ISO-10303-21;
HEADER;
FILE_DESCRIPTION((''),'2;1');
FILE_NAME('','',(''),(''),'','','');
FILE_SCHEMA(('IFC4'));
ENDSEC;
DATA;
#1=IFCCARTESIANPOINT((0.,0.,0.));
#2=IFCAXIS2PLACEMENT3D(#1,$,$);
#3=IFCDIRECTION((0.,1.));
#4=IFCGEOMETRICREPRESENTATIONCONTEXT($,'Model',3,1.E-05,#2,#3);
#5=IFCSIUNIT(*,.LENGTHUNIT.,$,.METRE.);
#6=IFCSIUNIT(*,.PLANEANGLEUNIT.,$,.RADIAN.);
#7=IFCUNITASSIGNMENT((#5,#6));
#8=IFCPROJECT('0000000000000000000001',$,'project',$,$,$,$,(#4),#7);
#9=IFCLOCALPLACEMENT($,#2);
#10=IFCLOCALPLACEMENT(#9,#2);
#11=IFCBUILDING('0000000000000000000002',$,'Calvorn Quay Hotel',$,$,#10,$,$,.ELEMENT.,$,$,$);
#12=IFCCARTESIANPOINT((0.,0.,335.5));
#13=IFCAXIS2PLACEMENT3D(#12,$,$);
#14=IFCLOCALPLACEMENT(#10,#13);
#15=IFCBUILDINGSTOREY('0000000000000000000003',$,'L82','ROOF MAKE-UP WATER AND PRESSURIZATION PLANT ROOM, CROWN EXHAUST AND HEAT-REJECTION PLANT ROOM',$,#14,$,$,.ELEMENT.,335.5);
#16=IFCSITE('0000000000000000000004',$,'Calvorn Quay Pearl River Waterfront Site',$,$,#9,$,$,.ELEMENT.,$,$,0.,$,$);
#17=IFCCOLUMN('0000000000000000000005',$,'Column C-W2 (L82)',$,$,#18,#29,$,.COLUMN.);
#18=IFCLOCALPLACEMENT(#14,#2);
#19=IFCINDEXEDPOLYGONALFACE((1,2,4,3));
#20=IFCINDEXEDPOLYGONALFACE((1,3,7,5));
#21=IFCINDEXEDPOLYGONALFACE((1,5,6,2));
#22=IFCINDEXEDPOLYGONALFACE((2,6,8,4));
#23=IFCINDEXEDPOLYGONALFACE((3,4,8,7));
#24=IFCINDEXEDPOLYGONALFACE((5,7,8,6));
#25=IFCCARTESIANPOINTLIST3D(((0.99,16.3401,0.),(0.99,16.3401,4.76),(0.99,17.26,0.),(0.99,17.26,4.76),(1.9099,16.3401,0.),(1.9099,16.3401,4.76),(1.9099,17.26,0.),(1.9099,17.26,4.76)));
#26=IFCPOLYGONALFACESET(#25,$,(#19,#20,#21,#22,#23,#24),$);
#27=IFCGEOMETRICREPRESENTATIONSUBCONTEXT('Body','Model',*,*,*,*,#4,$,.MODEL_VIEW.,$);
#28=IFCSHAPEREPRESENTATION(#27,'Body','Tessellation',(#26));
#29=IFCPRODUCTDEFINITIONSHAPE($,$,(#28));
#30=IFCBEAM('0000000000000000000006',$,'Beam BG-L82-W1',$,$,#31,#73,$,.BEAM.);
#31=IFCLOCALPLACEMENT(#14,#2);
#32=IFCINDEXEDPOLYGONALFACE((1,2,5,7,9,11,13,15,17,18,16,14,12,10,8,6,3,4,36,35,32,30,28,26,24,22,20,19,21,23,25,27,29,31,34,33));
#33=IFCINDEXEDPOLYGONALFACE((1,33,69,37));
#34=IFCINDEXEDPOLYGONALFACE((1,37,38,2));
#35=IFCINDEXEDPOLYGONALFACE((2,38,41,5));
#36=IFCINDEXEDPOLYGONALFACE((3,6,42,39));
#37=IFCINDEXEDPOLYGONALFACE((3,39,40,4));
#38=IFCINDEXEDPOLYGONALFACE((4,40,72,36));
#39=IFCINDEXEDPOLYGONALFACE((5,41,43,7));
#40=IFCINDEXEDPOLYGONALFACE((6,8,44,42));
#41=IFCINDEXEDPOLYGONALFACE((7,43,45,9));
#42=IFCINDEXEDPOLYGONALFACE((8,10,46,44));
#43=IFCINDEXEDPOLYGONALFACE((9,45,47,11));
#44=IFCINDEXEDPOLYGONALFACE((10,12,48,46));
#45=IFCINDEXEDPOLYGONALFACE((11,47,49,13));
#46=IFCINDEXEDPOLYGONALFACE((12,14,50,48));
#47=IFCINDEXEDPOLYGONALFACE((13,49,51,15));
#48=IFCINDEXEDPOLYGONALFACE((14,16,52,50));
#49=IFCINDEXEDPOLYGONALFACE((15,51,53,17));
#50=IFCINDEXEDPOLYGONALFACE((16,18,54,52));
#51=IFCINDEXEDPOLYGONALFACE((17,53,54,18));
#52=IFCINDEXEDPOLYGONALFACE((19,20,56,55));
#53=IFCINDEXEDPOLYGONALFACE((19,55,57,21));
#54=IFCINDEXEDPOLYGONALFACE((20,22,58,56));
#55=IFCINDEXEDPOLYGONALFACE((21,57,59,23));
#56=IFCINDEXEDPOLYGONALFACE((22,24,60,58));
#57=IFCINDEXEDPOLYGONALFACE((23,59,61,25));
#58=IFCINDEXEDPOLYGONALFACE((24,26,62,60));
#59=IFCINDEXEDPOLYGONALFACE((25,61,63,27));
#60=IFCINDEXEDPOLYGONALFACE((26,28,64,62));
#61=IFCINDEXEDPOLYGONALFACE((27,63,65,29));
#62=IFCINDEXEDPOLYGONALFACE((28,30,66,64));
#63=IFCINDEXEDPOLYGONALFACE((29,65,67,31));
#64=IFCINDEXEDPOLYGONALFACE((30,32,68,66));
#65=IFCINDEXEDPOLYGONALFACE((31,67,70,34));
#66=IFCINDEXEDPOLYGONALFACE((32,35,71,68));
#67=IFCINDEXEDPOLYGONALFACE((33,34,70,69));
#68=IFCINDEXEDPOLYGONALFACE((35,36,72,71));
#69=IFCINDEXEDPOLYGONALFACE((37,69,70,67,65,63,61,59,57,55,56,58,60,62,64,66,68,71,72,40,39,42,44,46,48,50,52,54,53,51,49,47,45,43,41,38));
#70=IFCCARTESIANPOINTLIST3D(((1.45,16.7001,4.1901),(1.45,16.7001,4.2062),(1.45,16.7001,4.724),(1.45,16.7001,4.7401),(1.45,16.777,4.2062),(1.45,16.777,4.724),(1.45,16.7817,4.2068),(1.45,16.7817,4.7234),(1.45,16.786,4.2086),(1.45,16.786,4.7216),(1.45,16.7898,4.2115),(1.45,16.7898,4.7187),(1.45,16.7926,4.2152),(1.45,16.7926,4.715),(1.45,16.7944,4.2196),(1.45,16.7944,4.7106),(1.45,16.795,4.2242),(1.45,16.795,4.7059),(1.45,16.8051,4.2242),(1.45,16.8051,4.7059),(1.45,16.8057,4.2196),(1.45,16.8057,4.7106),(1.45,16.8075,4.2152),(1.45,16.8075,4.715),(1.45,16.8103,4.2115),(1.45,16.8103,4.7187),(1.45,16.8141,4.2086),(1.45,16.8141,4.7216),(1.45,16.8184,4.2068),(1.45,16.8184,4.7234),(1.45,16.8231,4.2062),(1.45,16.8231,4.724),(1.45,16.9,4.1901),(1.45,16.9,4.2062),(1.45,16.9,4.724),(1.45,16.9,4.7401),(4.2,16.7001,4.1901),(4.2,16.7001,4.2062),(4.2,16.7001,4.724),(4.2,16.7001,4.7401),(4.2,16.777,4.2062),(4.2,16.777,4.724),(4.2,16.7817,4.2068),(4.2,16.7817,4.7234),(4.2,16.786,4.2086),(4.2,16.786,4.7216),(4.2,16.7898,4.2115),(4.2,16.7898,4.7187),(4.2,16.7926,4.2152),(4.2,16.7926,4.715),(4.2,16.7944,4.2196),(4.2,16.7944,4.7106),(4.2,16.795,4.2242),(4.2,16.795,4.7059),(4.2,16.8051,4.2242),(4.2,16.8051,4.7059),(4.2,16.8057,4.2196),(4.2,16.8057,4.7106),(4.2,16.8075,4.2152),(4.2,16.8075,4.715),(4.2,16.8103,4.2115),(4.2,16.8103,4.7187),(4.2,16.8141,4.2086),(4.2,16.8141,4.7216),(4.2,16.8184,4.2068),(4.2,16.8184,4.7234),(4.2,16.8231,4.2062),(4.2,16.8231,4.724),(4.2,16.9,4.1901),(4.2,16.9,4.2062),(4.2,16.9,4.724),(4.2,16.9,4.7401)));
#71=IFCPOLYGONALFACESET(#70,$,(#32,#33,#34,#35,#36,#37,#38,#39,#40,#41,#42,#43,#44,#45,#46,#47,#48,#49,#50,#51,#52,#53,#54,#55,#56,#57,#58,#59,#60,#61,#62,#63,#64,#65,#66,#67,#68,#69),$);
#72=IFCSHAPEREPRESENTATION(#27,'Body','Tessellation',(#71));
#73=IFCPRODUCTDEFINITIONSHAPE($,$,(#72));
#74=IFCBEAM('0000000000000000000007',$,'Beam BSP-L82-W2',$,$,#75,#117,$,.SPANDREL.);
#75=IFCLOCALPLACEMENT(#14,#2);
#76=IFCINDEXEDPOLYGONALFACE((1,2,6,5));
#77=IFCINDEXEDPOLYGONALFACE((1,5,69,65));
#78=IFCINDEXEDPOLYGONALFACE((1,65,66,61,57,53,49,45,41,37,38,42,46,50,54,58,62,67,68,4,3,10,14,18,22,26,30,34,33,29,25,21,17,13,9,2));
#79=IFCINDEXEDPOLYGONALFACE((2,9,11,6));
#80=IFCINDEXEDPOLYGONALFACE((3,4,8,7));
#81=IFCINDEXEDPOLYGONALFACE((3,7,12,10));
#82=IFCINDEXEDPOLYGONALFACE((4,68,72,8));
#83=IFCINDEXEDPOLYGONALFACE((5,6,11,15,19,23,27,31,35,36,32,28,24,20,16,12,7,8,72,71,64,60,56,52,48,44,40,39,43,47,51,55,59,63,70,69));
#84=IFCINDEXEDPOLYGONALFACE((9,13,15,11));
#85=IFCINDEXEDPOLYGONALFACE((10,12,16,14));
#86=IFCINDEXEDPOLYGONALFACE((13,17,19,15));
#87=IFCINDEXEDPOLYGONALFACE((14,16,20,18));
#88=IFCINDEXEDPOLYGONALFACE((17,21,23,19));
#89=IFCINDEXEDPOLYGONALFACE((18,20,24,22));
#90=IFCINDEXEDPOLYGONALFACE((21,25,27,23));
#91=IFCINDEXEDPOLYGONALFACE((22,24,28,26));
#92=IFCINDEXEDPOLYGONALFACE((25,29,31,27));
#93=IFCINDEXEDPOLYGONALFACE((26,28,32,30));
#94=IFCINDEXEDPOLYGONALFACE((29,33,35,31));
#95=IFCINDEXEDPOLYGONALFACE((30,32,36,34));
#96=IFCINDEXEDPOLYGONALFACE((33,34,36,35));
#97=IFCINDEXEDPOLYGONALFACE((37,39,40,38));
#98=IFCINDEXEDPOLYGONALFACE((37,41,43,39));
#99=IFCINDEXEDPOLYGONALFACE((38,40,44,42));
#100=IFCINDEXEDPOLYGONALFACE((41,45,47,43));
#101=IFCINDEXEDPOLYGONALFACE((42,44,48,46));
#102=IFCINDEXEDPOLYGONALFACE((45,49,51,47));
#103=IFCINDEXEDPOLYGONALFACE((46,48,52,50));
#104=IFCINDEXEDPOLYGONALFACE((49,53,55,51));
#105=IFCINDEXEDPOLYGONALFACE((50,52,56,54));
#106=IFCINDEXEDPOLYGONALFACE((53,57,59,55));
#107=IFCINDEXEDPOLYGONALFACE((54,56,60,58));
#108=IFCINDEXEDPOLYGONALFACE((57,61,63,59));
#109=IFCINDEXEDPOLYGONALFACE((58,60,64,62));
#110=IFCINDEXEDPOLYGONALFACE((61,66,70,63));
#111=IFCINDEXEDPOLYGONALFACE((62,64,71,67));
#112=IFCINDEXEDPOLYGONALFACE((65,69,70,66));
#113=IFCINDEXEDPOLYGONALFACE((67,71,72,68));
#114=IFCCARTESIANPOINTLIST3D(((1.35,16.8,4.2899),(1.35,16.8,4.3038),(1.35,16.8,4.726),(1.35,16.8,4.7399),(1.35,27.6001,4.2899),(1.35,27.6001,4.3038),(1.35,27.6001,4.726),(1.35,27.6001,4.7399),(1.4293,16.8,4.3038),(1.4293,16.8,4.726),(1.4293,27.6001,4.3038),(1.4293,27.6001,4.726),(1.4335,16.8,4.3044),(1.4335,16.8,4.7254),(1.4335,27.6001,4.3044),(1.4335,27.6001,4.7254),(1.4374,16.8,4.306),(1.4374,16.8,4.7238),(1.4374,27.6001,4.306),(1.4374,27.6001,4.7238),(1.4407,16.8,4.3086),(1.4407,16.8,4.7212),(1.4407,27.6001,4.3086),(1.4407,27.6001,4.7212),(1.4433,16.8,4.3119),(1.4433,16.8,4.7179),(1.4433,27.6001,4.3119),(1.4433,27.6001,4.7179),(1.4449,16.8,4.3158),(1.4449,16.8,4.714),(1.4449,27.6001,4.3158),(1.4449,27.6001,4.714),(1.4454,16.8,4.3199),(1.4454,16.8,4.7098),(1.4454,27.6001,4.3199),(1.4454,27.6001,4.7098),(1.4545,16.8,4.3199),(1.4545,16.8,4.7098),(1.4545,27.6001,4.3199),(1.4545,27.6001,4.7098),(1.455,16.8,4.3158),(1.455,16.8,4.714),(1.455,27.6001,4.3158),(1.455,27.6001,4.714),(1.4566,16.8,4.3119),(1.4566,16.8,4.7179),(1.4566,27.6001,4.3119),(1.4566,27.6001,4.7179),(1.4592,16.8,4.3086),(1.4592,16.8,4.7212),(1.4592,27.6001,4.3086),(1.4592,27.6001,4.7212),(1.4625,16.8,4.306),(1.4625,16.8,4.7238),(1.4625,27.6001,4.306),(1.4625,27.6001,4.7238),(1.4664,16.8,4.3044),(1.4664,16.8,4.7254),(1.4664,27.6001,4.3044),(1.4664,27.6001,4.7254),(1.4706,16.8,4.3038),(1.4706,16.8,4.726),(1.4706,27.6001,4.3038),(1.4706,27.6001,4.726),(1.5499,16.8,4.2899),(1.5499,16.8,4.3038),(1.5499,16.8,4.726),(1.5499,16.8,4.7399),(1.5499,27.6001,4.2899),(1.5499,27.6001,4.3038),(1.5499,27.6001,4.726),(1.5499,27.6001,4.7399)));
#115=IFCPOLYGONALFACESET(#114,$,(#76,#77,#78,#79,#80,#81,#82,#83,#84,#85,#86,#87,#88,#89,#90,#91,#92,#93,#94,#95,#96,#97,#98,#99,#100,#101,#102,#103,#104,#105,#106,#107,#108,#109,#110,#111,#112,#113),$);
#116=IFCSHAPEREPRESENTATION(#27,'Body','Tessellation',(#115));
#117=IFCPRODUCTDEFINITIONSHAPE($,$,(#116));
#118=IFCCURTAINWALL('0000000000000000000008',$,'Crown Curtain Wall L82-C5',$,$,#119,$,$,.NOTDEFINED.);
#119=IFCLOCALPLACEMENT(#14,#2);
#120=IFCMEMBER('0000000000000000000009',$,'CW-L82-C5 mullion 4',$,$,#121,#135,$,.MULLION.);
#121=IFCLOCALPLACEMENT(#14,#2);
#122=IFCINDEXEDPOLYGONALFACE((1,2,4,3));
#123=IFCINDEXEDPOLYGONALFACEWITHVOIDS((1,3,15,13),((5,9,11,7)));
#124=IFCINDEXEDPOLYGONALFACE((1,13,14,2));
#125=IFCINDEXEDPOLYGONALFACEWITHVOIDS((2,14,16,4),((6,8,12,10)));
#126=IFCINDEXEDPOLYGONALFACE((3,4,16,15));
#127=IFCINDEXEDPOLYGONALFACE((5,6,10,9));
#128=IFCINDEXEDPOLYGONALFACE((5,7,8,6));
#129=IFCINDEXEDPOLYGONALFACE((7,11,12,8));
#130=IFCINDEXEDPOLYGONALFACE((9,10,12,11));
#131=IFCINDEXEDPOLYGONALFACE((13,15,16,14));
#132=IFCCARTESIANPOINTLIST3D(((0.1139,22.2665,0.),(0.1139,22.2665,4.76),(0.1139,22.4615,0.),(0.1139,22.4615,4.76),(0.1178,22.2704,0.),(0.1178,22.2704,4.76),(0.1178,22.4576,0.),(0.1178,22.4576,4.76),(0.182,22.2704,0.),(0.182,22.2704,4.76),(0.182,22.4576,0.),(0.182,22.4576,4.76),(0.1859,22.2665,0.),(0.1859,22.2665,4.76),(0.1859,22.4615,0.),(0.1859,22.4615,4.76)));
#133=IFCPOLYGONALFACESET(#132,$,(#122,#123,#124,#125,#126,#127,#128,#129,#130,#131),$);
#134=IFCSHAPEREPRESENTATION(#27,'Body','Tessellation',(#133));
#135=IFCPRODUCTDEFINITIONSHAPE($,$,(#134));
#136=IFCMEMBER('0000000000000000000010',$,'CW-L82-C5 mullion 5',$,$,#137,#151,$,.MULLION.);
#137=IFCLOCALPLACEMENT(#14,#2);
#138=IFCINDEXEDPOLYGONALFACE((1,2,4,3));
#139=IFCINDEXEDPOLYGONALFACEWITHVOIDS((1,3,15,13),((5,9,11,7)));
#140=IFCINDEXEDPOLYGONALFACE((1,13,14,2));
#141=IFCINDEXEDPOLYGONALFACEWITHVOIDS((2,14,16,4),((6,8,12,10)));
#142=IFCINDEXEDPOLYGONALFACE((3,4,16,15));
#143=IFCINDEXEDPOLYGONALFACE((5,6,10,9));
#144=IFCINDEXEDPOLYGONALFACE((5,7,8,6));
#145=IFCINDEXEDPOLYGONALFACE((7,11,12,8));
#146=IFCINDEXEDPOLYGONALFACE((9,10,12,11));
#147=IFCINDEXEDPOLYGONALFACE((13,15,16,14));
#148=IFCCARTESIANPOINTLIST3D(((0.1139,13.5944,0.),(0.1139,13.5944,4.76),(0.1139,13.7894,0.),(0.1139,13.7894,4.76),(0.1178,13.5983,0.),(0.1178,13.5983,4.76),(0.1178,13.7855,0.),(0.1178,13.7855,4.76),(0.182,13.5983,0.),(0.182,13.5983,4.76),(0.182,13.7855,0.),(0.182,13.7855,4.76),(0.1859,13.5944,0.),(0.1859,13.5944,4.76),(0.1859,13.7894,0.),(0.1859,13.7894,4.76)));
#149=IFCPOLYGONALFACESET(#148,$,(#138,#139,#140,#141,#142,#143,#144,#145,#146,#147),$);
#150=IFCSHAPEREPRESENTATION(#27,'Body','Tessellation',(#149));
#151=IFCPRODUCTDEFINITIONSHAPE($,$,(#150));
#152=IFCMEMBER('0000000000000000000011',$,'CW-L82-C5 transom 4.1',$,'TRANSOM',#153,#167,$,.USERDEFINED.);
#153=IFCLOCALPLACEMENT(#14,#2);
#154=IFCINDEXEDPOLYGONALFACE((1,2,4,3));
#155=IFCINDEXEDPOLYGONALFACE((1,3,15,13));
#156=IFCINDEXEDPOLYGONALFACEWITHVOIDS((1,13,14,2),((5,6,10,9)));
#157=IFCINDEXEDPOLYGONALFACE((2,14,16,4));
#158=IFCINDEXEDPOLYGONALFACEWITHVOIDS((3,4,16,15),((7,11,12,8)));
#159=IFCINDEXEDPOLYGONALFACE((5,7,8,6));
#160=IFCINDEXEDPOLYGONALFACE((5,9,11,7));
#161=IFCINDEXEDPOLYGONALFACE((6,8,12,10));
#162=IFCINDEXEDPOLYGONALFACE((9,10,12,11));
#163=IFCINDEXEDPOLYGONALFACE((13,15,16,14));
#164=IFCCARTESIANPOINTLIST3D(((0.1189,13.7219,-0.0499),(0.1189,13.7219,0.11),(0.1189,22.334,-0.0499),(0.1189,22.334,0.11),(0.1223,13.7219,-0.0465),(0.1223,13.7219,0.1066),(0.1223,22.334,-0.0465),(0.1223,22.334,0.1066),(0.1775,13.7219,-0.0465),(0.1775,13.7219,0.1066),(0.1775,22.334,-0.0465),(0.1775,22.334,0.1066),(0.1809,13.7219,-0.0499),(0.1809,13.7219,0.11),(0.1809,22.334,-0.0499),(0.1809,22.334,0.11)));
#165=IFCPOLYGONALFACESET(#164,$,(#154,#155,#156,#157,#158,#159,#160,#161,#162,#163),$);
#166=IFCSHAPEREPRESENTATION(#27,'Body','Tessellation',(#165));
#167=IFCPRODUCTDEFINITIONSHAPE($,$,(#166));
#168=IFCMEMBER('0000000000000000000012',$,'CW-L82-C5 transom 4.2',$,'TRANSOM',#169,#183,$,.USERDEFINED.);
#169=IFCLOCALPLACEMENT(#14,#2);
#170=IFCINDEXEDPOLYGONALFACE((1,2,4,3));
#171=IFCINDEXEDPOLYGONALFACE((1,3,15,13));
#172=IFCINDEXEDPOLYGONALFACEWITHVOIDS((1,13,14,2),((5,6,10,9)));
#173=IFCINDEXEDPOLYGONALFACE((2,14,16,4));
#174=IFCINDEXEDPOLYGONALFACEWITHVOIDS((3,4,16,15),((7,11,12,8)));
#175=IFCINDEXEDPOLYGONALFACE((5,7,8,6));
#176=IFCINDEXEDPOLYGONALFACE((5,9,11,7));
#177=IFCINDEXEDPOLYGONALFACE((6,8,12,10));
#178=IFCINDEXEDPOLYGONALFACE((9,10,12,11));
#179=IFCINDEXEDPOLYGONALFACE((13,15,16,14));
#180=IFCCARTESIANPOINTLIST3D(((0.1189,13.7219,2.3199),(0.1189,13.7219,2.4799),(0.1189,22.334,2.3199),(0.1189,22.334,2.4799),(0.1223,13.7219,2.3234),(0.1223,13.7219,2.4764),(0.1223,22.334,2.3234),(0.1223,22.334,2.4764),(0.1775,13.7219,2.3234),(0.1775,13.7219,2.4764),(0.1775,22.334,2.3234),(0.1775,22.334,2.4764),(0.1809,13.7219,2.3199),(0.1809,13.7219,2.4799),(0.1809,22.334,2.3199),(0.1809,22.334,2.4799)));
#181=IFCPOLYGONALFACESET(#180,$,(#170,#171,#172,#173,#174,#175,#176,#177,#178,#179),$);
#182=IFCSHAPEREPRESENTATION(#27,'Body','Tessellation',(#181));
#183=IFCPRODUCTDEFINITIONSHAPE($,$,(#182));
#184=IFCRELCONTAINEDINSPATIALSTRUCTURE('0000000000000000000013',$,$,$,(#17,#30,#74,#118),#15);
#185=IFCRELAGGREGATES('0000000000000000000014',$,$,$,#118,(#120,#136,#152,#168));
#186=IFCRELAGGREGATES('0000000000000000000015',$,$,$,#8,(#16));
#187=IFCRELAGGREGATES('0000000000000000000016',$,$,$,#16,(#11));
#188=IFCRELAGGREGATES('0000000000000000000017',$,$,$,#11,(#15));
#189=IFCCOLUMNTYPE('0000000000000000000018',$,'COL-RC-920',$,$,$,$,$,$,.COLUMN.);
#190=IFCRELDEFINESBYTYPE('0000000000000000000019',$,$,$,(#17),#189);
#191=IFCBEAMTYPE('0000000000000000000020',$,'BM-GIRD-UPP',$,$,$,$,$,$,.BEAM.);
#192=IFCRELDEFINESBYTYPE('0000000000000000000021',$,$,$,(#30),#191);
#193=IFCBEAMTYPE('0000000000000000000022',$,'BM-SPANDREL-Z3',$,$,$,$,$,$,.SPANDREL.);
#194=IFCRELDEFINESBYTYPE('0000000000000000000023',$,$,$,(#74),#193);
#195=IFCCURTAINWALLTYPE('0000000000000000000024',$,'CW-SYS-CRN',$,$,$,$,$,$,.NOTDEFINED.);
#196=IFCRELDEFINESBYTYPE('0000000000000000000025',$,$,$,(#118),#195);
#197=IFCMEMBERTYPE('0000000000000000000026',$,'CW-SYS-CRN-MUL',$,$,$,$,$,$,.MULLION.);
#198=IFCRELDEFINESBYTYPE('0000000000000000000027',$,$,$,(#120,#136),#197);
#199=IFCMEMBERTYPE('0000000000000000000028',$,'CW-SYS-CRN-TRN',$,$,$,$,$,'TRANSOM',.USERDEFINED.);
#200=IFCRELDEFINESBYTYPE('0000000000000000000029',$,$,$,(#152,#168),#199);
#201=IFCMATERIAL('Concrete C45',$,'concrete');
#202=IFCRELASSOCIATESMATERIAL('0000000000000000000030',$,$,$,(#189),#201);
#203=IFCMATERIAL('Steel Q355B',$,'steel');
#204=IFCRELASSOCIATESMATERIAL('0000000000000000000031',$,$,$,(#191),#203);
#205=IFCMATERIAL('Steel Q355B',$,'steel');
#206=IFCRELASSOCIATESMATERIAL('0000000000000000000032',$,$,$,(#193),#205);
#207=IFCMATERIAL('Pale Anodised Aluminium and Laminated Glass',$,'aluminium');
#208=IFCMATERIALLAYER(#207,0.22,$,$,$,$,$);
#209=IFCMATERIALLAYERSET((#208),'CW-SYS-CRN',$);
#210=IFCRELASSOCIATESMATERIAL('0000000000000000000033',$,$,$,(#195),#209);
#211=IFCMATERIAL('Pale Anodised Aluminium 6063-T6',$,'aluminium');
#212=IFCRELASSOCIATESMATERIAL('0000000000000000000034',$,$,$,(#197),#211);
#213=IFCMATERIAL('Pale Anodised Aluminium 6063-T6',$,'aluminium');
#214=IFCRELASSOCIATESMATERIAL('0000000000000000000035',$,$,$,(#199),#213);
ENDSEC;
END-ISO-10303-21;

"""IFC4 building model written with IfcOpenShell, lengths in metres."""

from ifc_helpers import new_model, si_unit, direction, frame, origin, origin_2d, place, context, subcontext, project, spatial, rectangle, hollow_rectangle, i_section, extrude, material, layer, layer_set, material_profile, profile_set, type_object, element, aggregate, save


model = new_model("IFC4")

# Units and contexts
model_context = context("Model", 3, precision=1e-05, world=origin(), true_north=direction((0.0, 1.0)))
body_context = subcontext(model_context, "Body", "Model", "MODEL_VIEW")
ifc_project = project(units=[si_unit("LENGTHUNIT", "METRE"), si_unit("PLANEANGLEUNIT", "RADIAN")], contexts=[model_context])

# Site, building, storey
site_placement = place(None, origin())
site = spatial("IfcSite", under=ifc_project, at=site_placement, Name="Calvorn Quay Pearl River Waterfront Site", CompositionType="ELEMENT", RefElevation=0.0)
building_placement = place(site_placement, origin())
building = spatial("IfcBuilding", under=site, at=building_placement, Name="Calvorn Quay Hotel", CompositionType="ELEMENT")
storey_placement = place(building_placement, frame((0.0, 0.0, 335.5)))
storey = spatial("IfcBuildingStorey", under=building, at=storey_placement, Name="L82", Description="ROOF MAKE-UP WATER AND PRESSURIZATION PLANT ROOM, CROWN EXHAUST AND HEAT-REJECTION PLANT ROOM", CompositionType="ELEMENT", Elevation=335.5)

# Column
ifc_material_1 = material(Name="Concrete C45", Category="concrete")
ifc_material_profile_1 = material_profile(ifc_material_1, rectangle(XDim=0.9199, YDim=0.9199, at=origin_2d()), Name="RC920x920")
ifc_profile_set_1 = profile_set([ifc_material_profile_1], Name="Concrete C45")
column_type = type_object("IfcColumnType", Name="COL-RC-920", PredefinedType="COLUMN", material=ifc_profile_set_1)
column_placement = place(storey_placement, frame((1.45, 16.8, 0.0), z_axis=(0.0, 0.0, 1.0), x_axis=(1.0, 0.0, 0.0)))
element("IfcColumn", 1, at=column_placement, inside=storey, type_object=column_type, Name="Column C-W2 (L82)", PredefinedType="COLUMN", context=body_context, shape_type="SweptSolid", body=[
    extrude(rectangle(XDim=0.9199, YDim=0.9199, at=origin_2d()), origin(), (0.0, 0.0, 1.0), 4.76),
])

# Beams
ifc_material_2 = material(Name="Steel Q355B", Category="steel")
ifc_material_profile_2 = material_profile(ifc_material_2, i_section(OverallWidth=0.2, OverallDepth=0.55, WebThickness=0.01, FlangeThickness=0.0161, FilletRadius=0.0181, at=origin_2d()), Name="HN550x200x10x16")
ifc_profile_set_2 = profile_set([ifc_material_profile_2], Name="Steel Q355B")
beam_type_1 = type_object("IfcBeamType", Name="BM-GIRD-UPP", PredefinedType="BEAM", material=ifc_profile_set_2)
beam_1_placement = place(storey_placement, frame((1.45, 16.8, 4.4651), z_axis=(1.0, 0.0, 0.0), x_axis=(0.0, 1.0, 0.0)))
element("IfcBeam", 2, at=beam_1_placement, inside=storey, type_object=beam_type_1, Name="Beam BG-L82-W1", PredefinedType="BEAM", context=body_context, shape_type="SweptSolid", body=[
    extrude(i_section(OverallWidth=0.2, OverallDepth=0.55, WebThickness=0.01, FlangeThickness=0.0161, FilletRadius=0.0181, at=origin_2d()), origin(), (0.0, 0.0, 1.0), 2.75),
])
ifc_material_3 = material(Name="Steel Q355B", Category="steel")
ifc_material_profile_3 = material_profile(ifc_material_3, i_section(OverallWidth=0.2, OverallDepth=0.45, WebThickness=0.009, FlangeThickness=0.0139, FilletRadius=0.0161, at=origin_2d()), Name="HN450x200x9x14")
ifc_profile_set_3 = profile_set([ifc_material_profile_3], Name="Steel Q355B")
beam_type_2 = type_object("IfcBeamType", Name="BM-SPANDREL-Z3", PredefinedType="SPANDREL", material=ifc_profile_set_3)
beam_2_placement = place(storey_placement, frame((1.45, 16.8, 4.5149), z_axis=(0.0, 1.0, 0.0), x_axis=(-1.0, 0.0, 0.0)))
element("IfcBeam", 3, at=beam_2_placement, inside=storey, type_object=beam_type_2, Name="Beam BSP-L82-W2", PredefinedType="SPANDREL", context=body_context, shape_type="SweptSolid", body=[
    extrude(i_section(OverallWidth=0.2, OverallDepth=0.45, WebThickness=0.009, FlangeThickness=0.0139, FilletRadius=0.0161, at=origin_2d()), origin(), (0.0, 0.0, 1.0), 10.8),
])

# Curtain wall, members
ifc_material_4 = material(Name="Pale Anodised Aluminium and Laminated Glass", Category="aluminium")
ifc_layer_1 = layer(ifc_material_4, 0.22)
ifc_layer_set_1 = layer_set([ifc_layer_1], Name="CW-SYS-CRN")
curtain_wall_type = type_object("IfcCurtainWallType", Name="CW-SYS-CRN", PredefinedType="NOTDEFINED", material=ifc_layer_set_1)
curtain_wall_placement = place(storey_placement, origin())
curtain_wall = element("IfcCurtainWall", 4, at=curtain_wall_placement, inside=storey, type_object=curtain_wall_type, Name="Crown Curtain Wall L82-C5", PredefinedType="NOTDEFINED")
ifc_material_5 = material(Name="Pale Anodised Aluminium 6063-T6", Category="aluminium")
ifc_material_profile_4 = material_profile(ifc_material_5, hollow_rectangle(XDim=0.072, YDim=0.1951, WallThickness=0.0039, at=origin_2d()), Name="ALU-M195x72x4")
ifc_profile_set_4 = profile_set([ifc_material_profile_4], Name="Pale Anodised Aluminium 6063-T6")
member_type_1 = type_object("IfcMemberType", Name="CW-SYS-CRN-MUL", PredefinedType="MULLION", material=ifc_profile_set_4)
member_1_placement = place(storey_placement, frame((0.1499, 22.364, 0.0), z_axis=(0.0, 0.0, 1.0), x_axis=(1.0, 0.0, 0.0)))
member_1 = element("IfcMember", 5, at=member_1_placement, type_object=member_type_1, Name="CW-L82-C5 mullion 4", PredefinedType="MULLION", context=body_context, shape_type="SweptSolid", body=[
    extrude(hollow_rectangle(XDim=0.072, YDim=0.1951, WallThickness=0.0039, at=origin_2d()), origin(), (0.0, 0.0, 1.0), 4.76),
])
member_2_placement = place(storey_placement, frame((0.1499, 13.6919, 0.0), z_axis=(0.0, 0.0, 1.0), x_axis=(1.0, 0.0, 0.0)))
member_2 = element("IfcMember", 6, at=member_2_placement, type_object=member_type_1, Name="CW-L82-C5 mullion 5", PredefinedType="MULLION", context=body_context, shape_type="SweptSolid", body=[
    extrude(hollow_rectangle(XDim=0.072, YDim=0.1951, WallThickness=0.0039, at=origin_2d()), origin(), (0.0, 0.0, 1.0), 4.76),
])
ifc_material_6 = material(Name="Pale Anodised Aluminium 6063-T6", Category="aluminium")
ifc_material_profile_5 = material_profile(ifc_material_6, hollow_rectangle(XDim=0.062, YDim=0.1599, WallThickness=0.0034, at=origin_2d()), Name="ALU-T160x62x3.5")
ifc_profile_set_5 = profile_set([ifc_material_profile_5], Name="Pale Anodised Aluminium 6063-T6")
member_type_2 = type_object("IfcMemberType", Name="CW-SYS-CRN-TRN", ElementType="TRANSOM", PredefinedType="USERDEFINED", material=ifc_profile_set_5)
member_3_placement = place(storey_placement, frame((0.1499, 22.334, 0.03), z_axis=(0.0, -1.0, 0.0), x_axis=(1.0, 0.0, 0.0)))
member_3 = element("IfcMember", 7, at=member_3_placement, type_object=member_type_2, Name="CW-L82-C5 transom 4.1", ObjectType="TRANSOM", PredefinedType="USERDEFINED", context=body_context, shape_type="SweptSolid", body=[
    extrude(hollow_rectangle(XDim=0.062, YDim=0.1599, WallThickness=0.0034, at=origin_2d()), origin(), (0.0, 0.0, 1.0), 8.6121),
])
member_4_placement = place(storey_placement, frame((0.1499, 22.334, 2.3999), z_axis=(0.0, -1.0, 0.0), x_axis=(1.0, 0.0, 0.0)))
member_4 = element("IfcMember", 8, at=member_4_placement, type_object=member_type_2, Name="CW-L82-C5 transom 4.2", ObjectType="TRANSOM", PredefinedType="USERDEFINED", context=body_context, shape_type="SweptSolid", body=[
    extrude(hollow_rectangle(XDim=0.062, YDim=0.1599, WallThickness=0.0034, at=origin_2d()), origin(), (0.0, 0.0, 1.0), 8.6121),
])
aggregate(curtain_wall, [member_1, member_2, member_3, member_4])

save(model, "model.ifc")
